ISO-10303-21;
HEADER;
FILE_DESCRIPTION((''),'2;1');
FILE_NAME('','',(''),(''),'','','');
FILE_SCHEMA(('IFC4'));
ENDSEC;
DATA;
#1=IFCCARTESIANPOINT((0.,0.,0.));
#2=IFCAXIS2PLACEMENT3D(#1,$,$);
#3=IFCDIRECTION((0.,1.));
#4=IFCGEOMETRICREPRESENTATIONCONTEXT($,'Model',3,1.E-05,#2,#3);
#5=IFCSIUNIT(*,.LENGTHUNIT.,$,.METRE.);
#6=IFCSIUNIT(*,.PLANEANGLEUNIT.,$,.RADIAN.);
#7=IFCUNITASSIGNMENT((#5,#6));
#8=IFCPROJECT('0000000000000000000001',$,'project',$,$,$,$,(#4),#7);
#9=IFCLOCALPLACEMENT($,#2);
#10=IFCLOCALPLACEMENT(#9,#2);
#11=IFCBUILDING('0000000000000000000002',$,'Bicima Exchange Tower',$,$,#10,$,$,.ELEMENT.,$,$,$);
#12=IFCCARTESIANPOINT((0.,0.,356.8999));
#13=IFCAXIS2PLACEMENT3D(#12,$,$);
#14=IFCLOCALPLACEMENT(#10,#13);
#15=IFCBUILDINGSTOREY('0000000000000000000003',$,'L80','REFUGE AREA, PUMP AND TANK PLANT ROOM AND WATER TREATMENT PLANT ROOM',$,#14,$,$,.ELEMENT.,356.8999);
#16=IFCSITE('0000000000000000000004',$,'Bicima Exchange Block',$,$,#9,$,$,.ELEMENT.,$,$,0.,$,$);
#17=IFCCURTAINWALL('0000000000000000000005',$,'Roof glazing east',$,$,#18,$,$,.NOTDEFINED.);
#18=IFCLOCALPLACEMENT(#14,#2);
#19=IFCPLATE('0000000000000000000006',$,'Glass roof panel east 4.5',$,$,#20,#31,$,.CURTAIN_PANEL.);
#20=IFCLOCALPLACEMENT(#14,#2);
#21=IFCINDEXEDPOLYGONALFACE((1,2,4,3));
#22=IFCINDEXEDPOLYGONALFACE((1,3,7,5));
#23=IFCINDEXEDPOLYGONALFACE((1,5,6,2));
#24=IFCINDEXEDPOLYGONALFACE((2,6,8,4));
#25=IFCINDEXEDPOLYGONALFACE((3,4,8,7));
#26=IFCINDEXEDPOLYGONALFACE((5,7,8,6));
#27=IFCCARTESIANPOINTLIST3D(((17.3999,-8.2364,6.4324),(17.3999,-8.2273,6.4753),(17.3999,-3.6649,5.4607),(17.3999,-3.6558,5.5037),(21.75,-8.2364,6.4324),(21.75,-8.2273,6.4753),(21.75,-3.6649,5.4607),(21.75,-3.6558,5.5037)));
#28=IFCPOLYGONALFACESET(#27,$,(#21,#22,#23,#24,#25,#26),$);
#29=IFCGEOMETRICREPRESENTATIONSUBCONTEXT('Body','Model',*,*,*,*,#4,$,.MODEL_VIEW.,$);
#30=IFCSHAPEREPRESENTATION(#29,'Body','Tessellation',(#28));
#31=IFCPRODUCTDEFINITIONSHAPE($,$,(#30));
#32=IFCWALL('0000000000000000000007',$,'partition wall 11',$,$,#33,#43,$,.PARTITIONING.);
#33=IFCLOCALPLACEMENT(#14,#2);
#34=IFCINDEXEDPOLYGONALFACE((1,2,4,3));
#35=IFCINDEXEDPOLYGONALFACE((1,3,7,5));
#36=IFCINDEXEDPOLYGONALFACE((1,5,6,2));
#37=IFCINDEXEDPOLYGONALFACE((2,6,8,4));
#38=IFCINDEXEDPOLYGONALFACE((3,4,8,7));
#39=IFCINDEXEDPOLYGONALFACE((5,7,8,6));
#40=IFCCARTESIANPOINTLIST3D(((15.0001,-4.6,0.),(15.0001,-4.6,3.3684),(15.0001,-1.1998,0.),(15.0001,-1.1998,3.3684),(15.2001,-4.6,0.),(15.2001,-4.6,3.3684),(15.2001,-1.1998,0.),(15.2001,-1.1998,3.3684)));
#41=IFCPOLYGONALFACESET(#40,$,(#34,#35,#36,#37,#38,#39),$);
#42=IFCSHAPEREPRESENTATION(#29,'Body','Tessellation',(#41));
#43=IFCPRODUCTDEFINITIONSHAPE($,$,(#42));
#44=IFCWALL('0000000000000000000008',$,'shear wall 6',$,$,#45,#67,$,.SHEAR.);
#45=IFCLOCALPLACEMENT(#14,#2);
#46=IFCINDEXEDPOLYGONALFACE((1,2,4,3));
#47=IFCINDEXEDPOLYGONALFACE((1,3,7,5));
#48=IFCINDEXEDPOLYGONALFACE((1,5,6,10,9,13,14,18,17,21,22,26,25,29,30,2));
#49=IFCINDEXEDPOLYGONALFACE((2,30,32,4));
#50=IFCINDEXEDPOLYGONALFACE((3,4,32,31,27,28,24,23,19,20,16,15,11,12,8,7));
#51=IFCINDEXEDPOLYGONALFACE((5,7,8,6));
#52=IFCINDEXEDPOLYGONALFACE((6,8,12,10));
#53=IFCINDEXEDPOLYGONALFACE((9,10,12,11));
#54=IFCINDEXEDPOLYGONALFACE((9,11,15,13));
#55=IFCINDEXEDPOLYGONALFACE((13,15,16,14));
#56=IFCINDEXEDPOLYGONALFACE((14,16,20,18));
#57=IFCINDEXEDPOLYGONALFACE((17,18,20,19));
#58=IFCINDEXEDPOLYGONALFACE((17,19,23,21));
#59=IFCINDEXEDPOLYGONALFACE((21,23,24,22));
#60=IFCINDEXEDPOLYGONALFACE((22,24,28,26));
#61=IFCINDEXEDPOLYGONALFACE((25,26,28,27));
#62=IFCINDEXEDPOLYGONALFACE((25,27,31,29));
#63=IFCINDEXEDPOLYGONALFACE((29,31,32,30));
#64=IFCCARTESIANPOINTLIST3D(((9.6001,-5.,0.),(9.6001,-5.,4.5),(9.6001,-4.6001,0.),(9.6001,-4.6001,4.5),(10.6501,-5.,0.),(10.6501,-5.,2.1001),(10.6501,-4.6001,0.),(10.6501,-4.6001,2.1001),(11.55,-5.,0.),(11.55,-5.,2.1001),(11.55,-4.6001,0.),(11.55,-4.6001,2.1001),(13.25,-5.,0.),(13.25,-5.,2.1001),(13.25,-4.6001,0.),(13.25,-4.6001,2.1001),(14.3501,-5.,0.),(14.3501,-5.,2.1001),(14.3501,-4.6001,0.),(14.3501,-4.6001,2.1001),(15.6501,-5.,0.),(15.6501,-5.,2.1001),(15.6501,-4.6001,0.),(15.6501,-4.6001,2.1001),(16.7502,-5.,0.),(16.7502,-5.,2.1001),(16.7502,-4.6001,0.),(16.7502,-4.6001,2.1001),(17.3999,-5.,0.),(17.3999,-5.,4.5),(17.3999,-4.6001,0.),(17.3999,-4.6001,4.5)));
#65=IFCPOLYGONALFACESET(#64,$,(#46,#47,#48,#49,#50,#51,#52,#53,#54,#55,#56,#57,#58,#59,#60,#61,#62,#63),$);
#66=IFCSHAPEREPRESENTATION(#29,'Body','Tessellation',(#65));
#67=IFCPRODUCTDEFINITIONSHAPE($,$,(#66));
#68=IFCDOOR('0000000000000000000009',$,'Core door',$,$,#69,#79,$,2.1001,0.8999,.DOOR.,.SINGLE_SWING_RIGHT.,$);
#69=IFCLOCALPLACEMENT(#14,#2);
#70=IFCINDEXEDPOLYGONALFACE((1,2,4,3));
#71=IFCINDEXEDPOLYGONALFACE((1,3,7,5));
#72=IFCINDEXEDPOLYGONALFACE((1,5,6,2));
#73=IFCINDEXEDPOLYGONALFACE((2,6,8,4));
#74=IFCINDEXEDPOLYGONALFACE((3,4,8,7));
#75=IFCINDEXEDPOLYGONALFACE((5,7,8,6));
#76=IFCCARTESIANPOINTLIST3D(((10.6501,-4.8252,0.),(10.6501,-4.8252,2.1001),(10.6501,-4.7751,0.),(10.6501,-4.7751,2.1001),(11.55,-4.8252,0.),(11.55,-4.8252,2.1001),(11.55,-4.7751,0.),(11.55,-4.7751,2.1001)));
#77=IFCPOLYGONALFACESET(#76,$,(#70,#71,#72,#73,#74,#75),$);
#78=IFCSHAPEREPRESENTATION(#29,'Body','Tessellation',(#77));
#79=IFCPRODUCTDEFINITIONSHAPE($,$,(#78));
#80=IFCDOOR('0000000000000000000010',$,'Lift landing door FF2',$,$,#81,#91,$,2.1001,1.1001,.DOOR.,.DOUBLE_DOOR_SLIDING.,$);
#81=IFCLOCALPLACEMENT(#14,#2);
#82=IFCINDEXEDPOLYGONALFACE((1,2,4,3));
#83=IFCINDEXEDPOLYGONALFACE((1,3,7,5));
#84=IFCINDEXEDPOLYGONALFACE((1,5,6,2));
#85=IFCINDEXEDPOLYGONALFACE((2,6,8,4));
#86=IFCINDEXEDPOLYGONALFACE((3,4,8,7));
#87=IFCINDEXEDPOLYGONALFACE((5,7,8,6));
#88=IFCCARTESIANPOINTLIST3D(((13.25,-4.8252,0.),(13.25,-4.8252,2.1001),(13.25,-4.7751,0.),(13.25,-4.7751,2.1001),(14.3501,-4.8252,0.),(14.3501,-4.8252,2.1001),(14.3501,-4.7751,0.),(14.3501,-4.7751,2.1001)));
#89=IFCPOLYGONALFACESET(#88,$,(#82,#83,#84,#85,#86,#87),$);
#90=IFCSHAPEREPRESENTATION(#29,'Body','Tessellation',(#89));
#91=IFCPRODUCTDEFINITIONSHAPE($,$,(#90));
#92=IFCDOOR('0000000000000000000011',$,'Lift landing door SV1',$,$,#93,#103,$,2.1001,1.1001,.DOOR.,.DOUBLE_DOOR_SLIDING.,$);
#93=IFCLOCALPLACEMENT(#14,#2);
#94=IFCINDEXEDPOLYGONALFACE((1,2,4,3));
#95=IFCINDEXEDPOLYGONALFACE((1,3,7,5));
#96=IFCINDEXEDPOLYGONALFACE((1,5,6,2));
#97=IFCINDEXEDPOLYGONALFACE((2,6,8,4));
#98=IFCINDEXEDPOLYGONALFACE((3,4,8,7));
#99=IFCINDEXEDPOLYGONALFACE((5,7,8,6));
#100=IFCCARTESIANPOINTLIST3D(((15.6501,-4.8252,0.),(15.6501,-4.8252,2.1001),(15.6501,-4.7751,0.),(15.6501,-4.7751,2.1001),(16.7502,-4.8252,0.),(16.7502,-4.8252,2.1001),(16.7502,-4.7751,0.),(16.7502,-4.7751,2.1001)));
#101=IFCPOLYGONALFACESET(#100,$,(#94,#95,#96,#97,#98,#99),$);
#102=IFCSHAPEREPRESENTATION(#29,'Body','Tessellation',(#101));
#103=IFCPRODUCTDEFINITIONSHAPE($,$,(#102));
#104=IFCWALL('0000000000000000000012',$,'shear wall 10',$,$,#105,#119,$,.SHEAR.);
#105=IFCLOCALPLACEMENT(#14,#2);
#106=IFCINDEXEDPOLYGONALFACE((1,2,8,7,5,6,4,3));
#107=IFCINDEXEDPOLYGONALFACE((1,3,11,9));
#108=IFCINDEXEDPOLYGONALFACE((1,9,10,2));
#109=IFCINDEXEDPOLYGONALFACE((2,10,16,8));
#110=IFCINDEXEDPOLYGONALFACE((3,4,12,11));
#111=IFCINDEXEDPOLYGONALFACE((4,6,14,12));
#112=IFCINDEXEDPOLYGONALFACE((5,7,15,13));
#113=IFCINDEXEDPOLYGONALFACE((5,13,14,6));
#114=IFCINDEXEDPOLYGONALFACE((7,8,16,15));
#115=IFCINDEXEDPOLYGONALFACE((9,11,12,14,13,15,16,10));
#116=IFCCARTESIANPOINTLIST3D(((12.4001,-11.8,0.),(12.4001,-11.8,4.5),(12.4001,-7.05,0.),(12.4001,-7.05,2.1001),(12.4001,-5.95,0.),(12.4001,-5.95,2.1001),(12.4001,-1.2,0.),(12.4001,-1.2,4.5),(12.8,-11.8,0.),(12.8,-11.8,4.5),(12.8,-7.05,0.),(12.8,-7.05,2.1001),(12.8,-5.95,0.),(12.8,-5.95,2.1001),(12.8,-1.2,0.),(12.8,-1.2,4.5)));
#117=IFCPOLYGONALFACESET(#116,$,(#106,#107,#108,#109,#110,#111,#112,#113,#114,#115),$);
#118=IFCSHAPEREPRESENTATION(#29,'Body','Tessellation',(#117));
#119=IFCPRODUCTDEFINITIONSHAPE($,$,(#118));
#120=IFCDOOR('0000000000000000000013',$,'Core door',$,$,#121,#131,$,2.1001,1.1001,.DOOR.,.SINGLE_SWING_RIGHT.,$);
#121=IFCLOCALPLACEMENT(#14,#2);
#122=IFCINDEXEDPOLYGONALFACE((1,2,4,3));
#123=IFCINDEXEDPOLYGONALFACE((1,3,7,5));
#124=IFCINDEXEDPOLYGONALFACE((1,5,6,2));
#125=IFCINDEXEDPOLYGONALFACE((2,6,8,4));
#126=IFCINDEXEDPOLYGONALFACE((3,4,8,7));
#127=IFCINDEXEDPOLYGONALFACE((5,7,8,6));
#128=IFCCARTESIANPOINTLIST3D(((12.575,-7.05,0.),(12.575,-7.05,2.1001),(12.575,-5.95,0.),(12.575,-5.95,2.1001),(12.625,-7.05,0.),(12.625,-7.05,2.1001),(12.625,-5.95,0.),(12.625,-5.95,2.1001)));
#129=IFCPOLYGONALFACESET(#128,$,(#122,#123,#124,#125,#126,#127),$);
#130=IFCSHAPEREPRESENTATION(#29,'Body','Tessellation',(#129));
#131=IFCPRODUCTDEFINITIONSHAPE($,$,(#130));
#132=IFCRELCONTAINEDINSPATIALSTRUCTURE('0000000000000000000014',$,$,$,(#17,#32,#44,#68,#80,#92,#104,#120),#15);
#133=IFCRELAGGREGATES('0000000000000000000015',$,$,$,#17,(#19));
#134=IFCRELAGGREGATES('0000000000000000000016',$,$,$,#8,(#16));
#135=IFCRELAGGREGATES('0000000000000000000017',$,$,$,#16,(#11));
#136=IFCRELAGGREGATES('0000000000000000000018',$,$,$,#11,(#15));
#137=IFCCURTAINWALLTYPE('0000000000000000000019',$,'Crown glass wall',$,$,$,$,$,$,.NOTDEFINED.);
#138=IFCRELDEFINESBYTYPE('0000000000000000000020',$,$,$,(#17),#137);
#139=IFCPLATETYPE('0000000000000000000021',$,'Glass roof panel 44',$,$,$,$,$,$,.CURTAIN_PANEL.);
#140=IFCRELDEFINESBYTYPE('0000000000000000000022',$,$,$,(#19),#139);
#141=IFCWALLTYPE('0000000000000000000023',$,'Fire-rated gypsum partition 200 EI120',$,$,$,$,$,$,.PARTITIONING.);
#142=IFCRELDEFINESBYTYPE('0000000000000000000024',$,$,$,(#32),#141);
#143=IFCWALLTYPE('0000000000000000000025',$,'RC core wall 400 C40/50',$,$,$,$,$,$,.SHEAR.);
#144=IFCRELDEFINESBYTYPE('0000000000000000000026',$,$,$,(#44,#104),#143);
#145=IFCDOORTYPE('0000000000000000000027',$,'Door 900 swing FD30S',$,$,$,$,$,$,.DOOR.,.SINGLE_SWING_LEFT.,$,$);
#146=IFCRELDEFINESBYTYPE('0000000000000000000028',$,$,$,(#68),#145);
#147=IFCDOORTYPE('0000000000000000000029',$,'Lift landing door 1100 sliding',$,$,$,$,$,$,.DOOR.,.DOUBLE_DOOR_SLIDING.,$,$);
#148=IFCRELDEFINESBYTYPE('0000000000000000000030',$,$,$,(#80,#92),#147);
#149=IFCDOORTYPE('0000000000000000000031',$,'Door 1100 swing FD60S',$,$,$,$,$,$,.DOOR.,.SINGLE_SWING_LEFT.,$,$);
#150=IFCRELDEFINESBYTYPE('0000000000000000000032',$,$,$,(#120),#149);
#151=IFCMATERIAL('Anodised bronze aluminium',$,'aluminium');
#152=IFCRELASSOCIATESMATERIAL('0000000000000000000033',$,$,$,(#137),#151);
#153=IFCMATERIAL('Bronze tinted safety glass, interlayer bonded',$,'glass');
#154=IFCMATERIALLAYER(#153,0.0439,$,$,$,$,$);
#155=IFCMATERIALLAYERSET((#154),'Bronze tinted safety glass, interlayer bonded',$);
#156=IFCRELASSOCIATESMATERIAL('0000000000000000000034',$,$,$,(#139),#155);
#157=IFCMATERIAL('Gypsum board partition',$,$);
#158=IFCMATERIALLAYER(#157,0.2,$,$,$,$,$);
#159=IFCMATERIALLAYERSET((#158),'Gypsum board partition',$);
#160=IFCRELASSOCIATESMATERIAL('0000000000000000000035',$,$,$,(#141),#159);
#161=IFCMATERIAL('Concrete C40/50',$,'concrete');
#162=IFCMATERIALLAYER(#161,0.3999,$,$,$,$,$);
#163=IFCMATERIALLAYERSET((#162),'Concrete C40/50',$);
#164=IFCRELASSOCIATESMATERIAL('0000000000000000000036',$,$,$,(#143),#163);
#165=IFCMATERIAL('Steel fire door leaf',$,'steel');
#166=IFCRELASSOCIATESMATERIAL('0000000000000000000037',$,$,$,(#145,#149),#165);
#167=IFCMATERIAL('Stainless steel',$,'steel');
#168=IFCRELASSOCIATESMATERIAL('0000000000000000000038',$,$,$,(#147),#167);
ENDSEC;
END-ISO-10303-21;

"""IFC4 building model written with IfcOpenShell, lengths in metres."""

from ifc_helpers import new_model, si_unit, direction, frame, frame_2d, origin, place, context, subcontext, project, spatial, polyline, rectangle, outline, extrude, material, layer, layer_set, type_object, element, fill, aggregate, save


model = new_model("IFC4")

# Units and contexts
model_context = context("Model", 3, precision=1e-05, world=origin(), true_north=direction((0.0, 1.0)))
body_context = subcontext(model_context, "Body", "Model", "MODEL_VIEW")
ifc_project = project(units=[si_unit("LENGTHUNIT", "METRE"), si_unit("PLANEANGLEUNIT", "RADIAN")], contexts=[model_context])

# Site, building, storey
site_placement = place(None, origin())
site = spatial("IfcSite", under=ifc_project, at=site_placement, Name="Bicima Exchange Block", CompositionType="ELEMENT", RefElevation=0.0)
building_placement = place(site_placement, origin())
building = spatial("IfcBuilding", under=site, at=building_placement, Name="Bicima Exchange Tower", CompositionType="ELEMENT")
storey_placement = place(building_placement, frame((0.0, 0.0, 356.8999)))
storey = spatial("IfcBuildingStorey", under=building, at=storey_placement, Name="L80", Description="REFUGE AREA, PUMP AND TANK PLANT ROOM AND WATER TREATMENT PLANT ROOM", CompositionType="ELEMENT", Elevation=356.8999)

# Shared definitions
ifc_material_1 = material(Name="Anodised bronze aluminium", Category="aluminium")
curtain_wall_type = type_object("IfcCurtainWallType", Name="Crown glass wall", PredefinedType="NOTDEFINED", material=ifc_material_1)

# Curtain wall
curtain_wall_1_placement = place(storey_placement, origin())
curtain_wall_1 = element("IfcCurtainWall", 1, at=curtain_wall_1_placement, inside=storey, type_object=curtain_wall_type, Name="Roof glazing east", PredefinedType="NOTDEFINED")

# Shared definitions
ifc_material_2 = material(Name="Bronze tinted safety glass, interlayer bonded", Category="glass")
ifc_layer_1 = layer(ifc_material_2, 0.0439)
ifc_layer_set_1 = layer_set([ifc_layer_1], Name="Bronze tinted safety glass, interlayer bonded")
plate_type_1 = type_object("IfcPlateType", Name="Glass roof panel 44", PredefinedType="CURTAIN_PANEL", material=ifc_layer_set_1)

# Plate
plate_1_placement = place(storey_placement, frame((17.3999, -8.2273, 6.4753), z_axis=(0.0, 0.207906, 0.978149), x_axis=(0.0, 0.978149, -0.207906)))
plate_1 = element("IfcPlate", 2, at=plate_1_placement, type_object=plate_type_1, Name="Glass roof panel east 4.5", PredefinedType="CURTAIN_PANEL", context=body_context, shape_type="SweptSolid", body=[
    extrude(outline(polyline([(0.0, 0.0), (4.6737, 0.0), (4.6737, -4.3501), (0.0, -4.3501), (0.0, 0.0)])), origin(), (0.0, 0.0, -1.0), 0.0439),
])
aggregate(curtain_wall_1, [plate_1])

# Wall
ifc_material_3 = material(Name="Gypsum board partition")
ifc_layer_2 = layer(ifc_material_3, 0.2)
ifc_layer_set_2 = layer_set([ifc_layer_2], Name="Gypsum board partition")
wall_type_1 = type_object("IfcWallType", Name="Fire-rated gypsum partition 200 EI120", PredefinedType="PARTITIONING", material=ifc_layer_set_2)
wall_1_placement = place(storey_placement, frame((15.1001, -4.6001, 0.0), z_axis=(0.0, 0.0, 1.0), x_axis=(0.0, 1.0, 0.0)))
element("IfcWall", 3, at=wall_1_placement, inside=storey, type_object=wall_type_1, Name="partition wall 11", PredefinedType="PARTITIONING", context=body_context, shape_type="SweptSolid", body=[
    extrude(rectangle(XDim=3.4001, YDim=0.2, at=frame_2d((1.7002, 0.0))), origin(), (0.0, 0.0, 1.0), 3.3684),
])

# Wall, openings, doors
ifc_material_4 = material(Name="Concrete C40/50", Category="concrete")
ifc_layer_3 = layer(ifc_material_4, 0.3999)
ifc_layer_set_3 = layer_set([ifc_layer_3], Name="Concrete C40/50")
wall_type_2 = type_object("IfcWallType", Name="RC core wall 400 C40/50", PredefinedType="SHEAR", material=ifc_layer_set_3)
wall_2_placement = place(storey_placement, frame((9.6001, -4.8, 0.0), z_axis=(0.0, 0.0, 1.0), x_axis=(1.0, 0.0, 0.0)))
wall_2 = element("IfcWall", 4, at=wall_2_placement, inside=storey, type_object=wall_type_2, Name="shear wall 6", PredefinedType="SHEAR", context=body_context, shape_type="SweptSolid", body=[
    extrude(rectangle(XDim=7.7998, YDim=0.3999, at=frame_2d((3.8999, 0.0))), origin(), (0.0, 0.0, 1.0), 4.5),
])
opening_1_placement = place(wall_2_placement, frame((3.6499, 0.0, 0.0)))
opening_1 = element("IfcOpeningElement", 5, at=opening_1_placement, cuts=wall_2, PredefinedType="OPENING", context=body_context, shape_type="SweptSolid", body=[
    extrude(rectangle(XDim=1.1001, YDim=2.1001, at=frame_2d((0.55, 1.05))), frame((0.0, 0.2119, 0.0), z_axis=(0.0, -1.0, 0.0), x_axis=(1.0, 0.0, 0.0)), (0.0, 0.0, 1.0), 0.4238),
])
opening_2_placement = place(wall_2_placement, frame((6.05, 0.0, 0.0)))
opening_2 = element("IfcOpeningElement", 6, at=opening_2_placement, cuts=wall_2, PredefinedType="OPENING", context=body_context, shape_type="SweptSolid", body=[
    extrude(rectangle(XDim=1.1001, YDim=2.1001, at=frame_2d((0.55, 1.05))), frame((0.0, 0.2119, 0.0), z_axis=(0.0, -1.0, 0.0), x_axis=(1.0, 0.0, 0.0)), (0.0, 0.0, 1.0), 0.4238),
])
opening_3_placement = place(wall_2_placement, frame((1.05, 0.0, 0.0)))
opening_3 = element("IfcOpeningElement", 7, at=opening_3_placement, cuts=wall_2, PredefinedType="OPENING", context=body_context, shape_type="SweptSolid", body=[
    extrude(rectangle(XDim=0.8999, YDim=2.1001, at=frame_2d((0.45, 1.05))), frame((0.0, 0.2119, 0.0), z_axis=(0.0, -1.0, 0.0), x_axis=(1.0, 0.0, 0.0)), (0.0, 0.0, 1.0), 0.4238),
])
ifc_material_5 = material(Name="Steel fire door leaf", Category="steel")
door_type_1 = type_object("IfcDoorType", Name="Door 900 swing FD30S", OperationType="SINGLE_SWING_LEFT", PredefinedType="DOOR", material=ifc_material_5)
door_1_placement = place(opening_3_placement, origin())
door_1 = element("IfcDoor", 8, at=door_1_placement, inside=storey, type_object=door_type_1, Name="Core door", OperationType="SINGLE_SWING_RIGHT", OverallHeight=2.1001, OverallWidth=0.8999, PredefinedType="DOOR", context=body_context, shape_type="SweptSolid", body=[
    extrude(rectangle(XDim=0.8999, YDim=2.1001, at=frame_2d((0.45, 1.05))), frame((0.0, 0.0249, 0.0), z_axis=(0.0, -1.0, 0.0), x_axis=(1.0, 0.0, 0.0)), (0.0, 0.0, 1.0), 0.05),
])
fill(opening_3, door_1)
ifc_material_6 = material(Name="Stainless steel", Category="steel")
door_type_2 = type_object("IfcDoorType", Name="Lift landing door 1100 sliding", OperationType="DOUBLE_DOOR_SLIDING", PredefinedType="DOOR", material=ifc_material_6)
door_2_placement = place(opening_1_placement, origin())
door_2 = element("IfcDoor", 9, at=door_2_placement, inside=storey, type_object=door_type_2, Name="Lift landing door FF2", OperationType="DOUBLE_DOOR_SLIDING", OverallHeight=2.1001, OverallWidth=1.1001, PredefinedType="DOOR", context=body_context, shape_type="SweptSolid", body=[
    extrude(rectangle(XDim=1.1001, YDim=2.1001, at=frame_2d((0.55, 1.05))), frame((0.0, 0.0249, 0.0), z_axis=(0.0, -1.0, 0.0), x_axis=(1.0, 0.0, 0.0)), (0.0, 0.0, 1.0), 0.05),
])
fill(opening_1, door_2)
door_3_placement = place(opening_2_placement, origin())
door_3 = element("IfcDoor", 10, at=door_3_placement, inside=storey, type_object=door_type_2, Name="Lift landing door SV1", OperationType="DOUBLE_DOOR_SLIDING", OverallHeight=2.1001, OverallWidth=1.1001, PredefinedType="DOOR", context=body_context, shape_type="SweptSolid", body=[
    extrude(rectangle(XDim=1.1001, YDim=2.1001, at=frame_2d((0.55, 1.05))), frame((0.0, 0.0249, 0.0), z_axis=(0.0, -1.0, 0.0), x_axis=(1.0, 0.0, 0.0)), (0.0, 0.0, 1.0), 0.05),
])
fill(opening_2, door_3)

# Wall, opening, door
wall_3_placement = place(storey_placement, frame((12.6001, -11.8, 0.0), z_axis=(0.0, 0.0, 1.0), x_axis=(0.0, 1.0, 0.0)))
wall_3 = element("IfcWall", 11, at=wall_3_placement, inside=storey, type_object=wall_type_2, Name="shear wall 10", PredefinedType="SHEAR", context=body_context, shape_type="SweptSolid", body=[
    extrude(rectangle(XDim=10.6001, YDim=0.3999, at=frame_2d((5.3, 0.0))), origin(), (0.0, 0.0, 1.0), 4.5),
])
opening_4_placement = place(wall_3_placement, frame((4.75, 0.0, 0.0)))
opening_4 = element("IfcOpeningElement", 12, at=opening_4_placement, cuts=wall_3, PredefinedType="OPENING", context=body_context, shape_type="SweptSolid", body=[
    extrude(rectangle(XDim=1.1001, YDim=2.1001, at=frame_2d((0.55, 1.05))), frame((0.0, 0.2119, 0.0), z_axis=(0.0, -1.0, 0.0), x_axis=(1.0, 0.0, 0.0)), (0.0, 0.0, 1.0), 0.4238),
])
door_type_3 = type_object("IfcDoorType", Name="Door 1100 swing FD60S", OperationType="SINGLE_SWING_LEFT", PredefinedType="DOOR", material=ifc_material_5)
door_4_placement = place(opening_4_placement, frame((1.1001, 0.0, 0.0), z_axis=(0.0, 0.0, 1.0), x_axis=(-1.0, 0.0, 0.0)))
door_4 = element("IfcDoor", 13, at=door_4_placement, inside=storey, type_object=door_type_3, Name="Core door", OperationType="SINGLE_SWING_RIGHT", OverallHeight=2.1001, OverallWidth=1.1001, PredefinedType="DOOR", context=body_context, shape_type="SweptSolid", body=[
    extrude(rectangle(XDim=1.1001, YDim=2.1001, at=frame_2d((0.55, 1.05))), frame((0.0, 0.0249, 0.0), z_axis=(0.0, -1.0, 0.0), x_axis=(1.0, 0.0, 0.0)), (0.0, 0.0, 1.0), 0.05),
])
fill(opening_4, door_4)

save(model, "model.ifc")
